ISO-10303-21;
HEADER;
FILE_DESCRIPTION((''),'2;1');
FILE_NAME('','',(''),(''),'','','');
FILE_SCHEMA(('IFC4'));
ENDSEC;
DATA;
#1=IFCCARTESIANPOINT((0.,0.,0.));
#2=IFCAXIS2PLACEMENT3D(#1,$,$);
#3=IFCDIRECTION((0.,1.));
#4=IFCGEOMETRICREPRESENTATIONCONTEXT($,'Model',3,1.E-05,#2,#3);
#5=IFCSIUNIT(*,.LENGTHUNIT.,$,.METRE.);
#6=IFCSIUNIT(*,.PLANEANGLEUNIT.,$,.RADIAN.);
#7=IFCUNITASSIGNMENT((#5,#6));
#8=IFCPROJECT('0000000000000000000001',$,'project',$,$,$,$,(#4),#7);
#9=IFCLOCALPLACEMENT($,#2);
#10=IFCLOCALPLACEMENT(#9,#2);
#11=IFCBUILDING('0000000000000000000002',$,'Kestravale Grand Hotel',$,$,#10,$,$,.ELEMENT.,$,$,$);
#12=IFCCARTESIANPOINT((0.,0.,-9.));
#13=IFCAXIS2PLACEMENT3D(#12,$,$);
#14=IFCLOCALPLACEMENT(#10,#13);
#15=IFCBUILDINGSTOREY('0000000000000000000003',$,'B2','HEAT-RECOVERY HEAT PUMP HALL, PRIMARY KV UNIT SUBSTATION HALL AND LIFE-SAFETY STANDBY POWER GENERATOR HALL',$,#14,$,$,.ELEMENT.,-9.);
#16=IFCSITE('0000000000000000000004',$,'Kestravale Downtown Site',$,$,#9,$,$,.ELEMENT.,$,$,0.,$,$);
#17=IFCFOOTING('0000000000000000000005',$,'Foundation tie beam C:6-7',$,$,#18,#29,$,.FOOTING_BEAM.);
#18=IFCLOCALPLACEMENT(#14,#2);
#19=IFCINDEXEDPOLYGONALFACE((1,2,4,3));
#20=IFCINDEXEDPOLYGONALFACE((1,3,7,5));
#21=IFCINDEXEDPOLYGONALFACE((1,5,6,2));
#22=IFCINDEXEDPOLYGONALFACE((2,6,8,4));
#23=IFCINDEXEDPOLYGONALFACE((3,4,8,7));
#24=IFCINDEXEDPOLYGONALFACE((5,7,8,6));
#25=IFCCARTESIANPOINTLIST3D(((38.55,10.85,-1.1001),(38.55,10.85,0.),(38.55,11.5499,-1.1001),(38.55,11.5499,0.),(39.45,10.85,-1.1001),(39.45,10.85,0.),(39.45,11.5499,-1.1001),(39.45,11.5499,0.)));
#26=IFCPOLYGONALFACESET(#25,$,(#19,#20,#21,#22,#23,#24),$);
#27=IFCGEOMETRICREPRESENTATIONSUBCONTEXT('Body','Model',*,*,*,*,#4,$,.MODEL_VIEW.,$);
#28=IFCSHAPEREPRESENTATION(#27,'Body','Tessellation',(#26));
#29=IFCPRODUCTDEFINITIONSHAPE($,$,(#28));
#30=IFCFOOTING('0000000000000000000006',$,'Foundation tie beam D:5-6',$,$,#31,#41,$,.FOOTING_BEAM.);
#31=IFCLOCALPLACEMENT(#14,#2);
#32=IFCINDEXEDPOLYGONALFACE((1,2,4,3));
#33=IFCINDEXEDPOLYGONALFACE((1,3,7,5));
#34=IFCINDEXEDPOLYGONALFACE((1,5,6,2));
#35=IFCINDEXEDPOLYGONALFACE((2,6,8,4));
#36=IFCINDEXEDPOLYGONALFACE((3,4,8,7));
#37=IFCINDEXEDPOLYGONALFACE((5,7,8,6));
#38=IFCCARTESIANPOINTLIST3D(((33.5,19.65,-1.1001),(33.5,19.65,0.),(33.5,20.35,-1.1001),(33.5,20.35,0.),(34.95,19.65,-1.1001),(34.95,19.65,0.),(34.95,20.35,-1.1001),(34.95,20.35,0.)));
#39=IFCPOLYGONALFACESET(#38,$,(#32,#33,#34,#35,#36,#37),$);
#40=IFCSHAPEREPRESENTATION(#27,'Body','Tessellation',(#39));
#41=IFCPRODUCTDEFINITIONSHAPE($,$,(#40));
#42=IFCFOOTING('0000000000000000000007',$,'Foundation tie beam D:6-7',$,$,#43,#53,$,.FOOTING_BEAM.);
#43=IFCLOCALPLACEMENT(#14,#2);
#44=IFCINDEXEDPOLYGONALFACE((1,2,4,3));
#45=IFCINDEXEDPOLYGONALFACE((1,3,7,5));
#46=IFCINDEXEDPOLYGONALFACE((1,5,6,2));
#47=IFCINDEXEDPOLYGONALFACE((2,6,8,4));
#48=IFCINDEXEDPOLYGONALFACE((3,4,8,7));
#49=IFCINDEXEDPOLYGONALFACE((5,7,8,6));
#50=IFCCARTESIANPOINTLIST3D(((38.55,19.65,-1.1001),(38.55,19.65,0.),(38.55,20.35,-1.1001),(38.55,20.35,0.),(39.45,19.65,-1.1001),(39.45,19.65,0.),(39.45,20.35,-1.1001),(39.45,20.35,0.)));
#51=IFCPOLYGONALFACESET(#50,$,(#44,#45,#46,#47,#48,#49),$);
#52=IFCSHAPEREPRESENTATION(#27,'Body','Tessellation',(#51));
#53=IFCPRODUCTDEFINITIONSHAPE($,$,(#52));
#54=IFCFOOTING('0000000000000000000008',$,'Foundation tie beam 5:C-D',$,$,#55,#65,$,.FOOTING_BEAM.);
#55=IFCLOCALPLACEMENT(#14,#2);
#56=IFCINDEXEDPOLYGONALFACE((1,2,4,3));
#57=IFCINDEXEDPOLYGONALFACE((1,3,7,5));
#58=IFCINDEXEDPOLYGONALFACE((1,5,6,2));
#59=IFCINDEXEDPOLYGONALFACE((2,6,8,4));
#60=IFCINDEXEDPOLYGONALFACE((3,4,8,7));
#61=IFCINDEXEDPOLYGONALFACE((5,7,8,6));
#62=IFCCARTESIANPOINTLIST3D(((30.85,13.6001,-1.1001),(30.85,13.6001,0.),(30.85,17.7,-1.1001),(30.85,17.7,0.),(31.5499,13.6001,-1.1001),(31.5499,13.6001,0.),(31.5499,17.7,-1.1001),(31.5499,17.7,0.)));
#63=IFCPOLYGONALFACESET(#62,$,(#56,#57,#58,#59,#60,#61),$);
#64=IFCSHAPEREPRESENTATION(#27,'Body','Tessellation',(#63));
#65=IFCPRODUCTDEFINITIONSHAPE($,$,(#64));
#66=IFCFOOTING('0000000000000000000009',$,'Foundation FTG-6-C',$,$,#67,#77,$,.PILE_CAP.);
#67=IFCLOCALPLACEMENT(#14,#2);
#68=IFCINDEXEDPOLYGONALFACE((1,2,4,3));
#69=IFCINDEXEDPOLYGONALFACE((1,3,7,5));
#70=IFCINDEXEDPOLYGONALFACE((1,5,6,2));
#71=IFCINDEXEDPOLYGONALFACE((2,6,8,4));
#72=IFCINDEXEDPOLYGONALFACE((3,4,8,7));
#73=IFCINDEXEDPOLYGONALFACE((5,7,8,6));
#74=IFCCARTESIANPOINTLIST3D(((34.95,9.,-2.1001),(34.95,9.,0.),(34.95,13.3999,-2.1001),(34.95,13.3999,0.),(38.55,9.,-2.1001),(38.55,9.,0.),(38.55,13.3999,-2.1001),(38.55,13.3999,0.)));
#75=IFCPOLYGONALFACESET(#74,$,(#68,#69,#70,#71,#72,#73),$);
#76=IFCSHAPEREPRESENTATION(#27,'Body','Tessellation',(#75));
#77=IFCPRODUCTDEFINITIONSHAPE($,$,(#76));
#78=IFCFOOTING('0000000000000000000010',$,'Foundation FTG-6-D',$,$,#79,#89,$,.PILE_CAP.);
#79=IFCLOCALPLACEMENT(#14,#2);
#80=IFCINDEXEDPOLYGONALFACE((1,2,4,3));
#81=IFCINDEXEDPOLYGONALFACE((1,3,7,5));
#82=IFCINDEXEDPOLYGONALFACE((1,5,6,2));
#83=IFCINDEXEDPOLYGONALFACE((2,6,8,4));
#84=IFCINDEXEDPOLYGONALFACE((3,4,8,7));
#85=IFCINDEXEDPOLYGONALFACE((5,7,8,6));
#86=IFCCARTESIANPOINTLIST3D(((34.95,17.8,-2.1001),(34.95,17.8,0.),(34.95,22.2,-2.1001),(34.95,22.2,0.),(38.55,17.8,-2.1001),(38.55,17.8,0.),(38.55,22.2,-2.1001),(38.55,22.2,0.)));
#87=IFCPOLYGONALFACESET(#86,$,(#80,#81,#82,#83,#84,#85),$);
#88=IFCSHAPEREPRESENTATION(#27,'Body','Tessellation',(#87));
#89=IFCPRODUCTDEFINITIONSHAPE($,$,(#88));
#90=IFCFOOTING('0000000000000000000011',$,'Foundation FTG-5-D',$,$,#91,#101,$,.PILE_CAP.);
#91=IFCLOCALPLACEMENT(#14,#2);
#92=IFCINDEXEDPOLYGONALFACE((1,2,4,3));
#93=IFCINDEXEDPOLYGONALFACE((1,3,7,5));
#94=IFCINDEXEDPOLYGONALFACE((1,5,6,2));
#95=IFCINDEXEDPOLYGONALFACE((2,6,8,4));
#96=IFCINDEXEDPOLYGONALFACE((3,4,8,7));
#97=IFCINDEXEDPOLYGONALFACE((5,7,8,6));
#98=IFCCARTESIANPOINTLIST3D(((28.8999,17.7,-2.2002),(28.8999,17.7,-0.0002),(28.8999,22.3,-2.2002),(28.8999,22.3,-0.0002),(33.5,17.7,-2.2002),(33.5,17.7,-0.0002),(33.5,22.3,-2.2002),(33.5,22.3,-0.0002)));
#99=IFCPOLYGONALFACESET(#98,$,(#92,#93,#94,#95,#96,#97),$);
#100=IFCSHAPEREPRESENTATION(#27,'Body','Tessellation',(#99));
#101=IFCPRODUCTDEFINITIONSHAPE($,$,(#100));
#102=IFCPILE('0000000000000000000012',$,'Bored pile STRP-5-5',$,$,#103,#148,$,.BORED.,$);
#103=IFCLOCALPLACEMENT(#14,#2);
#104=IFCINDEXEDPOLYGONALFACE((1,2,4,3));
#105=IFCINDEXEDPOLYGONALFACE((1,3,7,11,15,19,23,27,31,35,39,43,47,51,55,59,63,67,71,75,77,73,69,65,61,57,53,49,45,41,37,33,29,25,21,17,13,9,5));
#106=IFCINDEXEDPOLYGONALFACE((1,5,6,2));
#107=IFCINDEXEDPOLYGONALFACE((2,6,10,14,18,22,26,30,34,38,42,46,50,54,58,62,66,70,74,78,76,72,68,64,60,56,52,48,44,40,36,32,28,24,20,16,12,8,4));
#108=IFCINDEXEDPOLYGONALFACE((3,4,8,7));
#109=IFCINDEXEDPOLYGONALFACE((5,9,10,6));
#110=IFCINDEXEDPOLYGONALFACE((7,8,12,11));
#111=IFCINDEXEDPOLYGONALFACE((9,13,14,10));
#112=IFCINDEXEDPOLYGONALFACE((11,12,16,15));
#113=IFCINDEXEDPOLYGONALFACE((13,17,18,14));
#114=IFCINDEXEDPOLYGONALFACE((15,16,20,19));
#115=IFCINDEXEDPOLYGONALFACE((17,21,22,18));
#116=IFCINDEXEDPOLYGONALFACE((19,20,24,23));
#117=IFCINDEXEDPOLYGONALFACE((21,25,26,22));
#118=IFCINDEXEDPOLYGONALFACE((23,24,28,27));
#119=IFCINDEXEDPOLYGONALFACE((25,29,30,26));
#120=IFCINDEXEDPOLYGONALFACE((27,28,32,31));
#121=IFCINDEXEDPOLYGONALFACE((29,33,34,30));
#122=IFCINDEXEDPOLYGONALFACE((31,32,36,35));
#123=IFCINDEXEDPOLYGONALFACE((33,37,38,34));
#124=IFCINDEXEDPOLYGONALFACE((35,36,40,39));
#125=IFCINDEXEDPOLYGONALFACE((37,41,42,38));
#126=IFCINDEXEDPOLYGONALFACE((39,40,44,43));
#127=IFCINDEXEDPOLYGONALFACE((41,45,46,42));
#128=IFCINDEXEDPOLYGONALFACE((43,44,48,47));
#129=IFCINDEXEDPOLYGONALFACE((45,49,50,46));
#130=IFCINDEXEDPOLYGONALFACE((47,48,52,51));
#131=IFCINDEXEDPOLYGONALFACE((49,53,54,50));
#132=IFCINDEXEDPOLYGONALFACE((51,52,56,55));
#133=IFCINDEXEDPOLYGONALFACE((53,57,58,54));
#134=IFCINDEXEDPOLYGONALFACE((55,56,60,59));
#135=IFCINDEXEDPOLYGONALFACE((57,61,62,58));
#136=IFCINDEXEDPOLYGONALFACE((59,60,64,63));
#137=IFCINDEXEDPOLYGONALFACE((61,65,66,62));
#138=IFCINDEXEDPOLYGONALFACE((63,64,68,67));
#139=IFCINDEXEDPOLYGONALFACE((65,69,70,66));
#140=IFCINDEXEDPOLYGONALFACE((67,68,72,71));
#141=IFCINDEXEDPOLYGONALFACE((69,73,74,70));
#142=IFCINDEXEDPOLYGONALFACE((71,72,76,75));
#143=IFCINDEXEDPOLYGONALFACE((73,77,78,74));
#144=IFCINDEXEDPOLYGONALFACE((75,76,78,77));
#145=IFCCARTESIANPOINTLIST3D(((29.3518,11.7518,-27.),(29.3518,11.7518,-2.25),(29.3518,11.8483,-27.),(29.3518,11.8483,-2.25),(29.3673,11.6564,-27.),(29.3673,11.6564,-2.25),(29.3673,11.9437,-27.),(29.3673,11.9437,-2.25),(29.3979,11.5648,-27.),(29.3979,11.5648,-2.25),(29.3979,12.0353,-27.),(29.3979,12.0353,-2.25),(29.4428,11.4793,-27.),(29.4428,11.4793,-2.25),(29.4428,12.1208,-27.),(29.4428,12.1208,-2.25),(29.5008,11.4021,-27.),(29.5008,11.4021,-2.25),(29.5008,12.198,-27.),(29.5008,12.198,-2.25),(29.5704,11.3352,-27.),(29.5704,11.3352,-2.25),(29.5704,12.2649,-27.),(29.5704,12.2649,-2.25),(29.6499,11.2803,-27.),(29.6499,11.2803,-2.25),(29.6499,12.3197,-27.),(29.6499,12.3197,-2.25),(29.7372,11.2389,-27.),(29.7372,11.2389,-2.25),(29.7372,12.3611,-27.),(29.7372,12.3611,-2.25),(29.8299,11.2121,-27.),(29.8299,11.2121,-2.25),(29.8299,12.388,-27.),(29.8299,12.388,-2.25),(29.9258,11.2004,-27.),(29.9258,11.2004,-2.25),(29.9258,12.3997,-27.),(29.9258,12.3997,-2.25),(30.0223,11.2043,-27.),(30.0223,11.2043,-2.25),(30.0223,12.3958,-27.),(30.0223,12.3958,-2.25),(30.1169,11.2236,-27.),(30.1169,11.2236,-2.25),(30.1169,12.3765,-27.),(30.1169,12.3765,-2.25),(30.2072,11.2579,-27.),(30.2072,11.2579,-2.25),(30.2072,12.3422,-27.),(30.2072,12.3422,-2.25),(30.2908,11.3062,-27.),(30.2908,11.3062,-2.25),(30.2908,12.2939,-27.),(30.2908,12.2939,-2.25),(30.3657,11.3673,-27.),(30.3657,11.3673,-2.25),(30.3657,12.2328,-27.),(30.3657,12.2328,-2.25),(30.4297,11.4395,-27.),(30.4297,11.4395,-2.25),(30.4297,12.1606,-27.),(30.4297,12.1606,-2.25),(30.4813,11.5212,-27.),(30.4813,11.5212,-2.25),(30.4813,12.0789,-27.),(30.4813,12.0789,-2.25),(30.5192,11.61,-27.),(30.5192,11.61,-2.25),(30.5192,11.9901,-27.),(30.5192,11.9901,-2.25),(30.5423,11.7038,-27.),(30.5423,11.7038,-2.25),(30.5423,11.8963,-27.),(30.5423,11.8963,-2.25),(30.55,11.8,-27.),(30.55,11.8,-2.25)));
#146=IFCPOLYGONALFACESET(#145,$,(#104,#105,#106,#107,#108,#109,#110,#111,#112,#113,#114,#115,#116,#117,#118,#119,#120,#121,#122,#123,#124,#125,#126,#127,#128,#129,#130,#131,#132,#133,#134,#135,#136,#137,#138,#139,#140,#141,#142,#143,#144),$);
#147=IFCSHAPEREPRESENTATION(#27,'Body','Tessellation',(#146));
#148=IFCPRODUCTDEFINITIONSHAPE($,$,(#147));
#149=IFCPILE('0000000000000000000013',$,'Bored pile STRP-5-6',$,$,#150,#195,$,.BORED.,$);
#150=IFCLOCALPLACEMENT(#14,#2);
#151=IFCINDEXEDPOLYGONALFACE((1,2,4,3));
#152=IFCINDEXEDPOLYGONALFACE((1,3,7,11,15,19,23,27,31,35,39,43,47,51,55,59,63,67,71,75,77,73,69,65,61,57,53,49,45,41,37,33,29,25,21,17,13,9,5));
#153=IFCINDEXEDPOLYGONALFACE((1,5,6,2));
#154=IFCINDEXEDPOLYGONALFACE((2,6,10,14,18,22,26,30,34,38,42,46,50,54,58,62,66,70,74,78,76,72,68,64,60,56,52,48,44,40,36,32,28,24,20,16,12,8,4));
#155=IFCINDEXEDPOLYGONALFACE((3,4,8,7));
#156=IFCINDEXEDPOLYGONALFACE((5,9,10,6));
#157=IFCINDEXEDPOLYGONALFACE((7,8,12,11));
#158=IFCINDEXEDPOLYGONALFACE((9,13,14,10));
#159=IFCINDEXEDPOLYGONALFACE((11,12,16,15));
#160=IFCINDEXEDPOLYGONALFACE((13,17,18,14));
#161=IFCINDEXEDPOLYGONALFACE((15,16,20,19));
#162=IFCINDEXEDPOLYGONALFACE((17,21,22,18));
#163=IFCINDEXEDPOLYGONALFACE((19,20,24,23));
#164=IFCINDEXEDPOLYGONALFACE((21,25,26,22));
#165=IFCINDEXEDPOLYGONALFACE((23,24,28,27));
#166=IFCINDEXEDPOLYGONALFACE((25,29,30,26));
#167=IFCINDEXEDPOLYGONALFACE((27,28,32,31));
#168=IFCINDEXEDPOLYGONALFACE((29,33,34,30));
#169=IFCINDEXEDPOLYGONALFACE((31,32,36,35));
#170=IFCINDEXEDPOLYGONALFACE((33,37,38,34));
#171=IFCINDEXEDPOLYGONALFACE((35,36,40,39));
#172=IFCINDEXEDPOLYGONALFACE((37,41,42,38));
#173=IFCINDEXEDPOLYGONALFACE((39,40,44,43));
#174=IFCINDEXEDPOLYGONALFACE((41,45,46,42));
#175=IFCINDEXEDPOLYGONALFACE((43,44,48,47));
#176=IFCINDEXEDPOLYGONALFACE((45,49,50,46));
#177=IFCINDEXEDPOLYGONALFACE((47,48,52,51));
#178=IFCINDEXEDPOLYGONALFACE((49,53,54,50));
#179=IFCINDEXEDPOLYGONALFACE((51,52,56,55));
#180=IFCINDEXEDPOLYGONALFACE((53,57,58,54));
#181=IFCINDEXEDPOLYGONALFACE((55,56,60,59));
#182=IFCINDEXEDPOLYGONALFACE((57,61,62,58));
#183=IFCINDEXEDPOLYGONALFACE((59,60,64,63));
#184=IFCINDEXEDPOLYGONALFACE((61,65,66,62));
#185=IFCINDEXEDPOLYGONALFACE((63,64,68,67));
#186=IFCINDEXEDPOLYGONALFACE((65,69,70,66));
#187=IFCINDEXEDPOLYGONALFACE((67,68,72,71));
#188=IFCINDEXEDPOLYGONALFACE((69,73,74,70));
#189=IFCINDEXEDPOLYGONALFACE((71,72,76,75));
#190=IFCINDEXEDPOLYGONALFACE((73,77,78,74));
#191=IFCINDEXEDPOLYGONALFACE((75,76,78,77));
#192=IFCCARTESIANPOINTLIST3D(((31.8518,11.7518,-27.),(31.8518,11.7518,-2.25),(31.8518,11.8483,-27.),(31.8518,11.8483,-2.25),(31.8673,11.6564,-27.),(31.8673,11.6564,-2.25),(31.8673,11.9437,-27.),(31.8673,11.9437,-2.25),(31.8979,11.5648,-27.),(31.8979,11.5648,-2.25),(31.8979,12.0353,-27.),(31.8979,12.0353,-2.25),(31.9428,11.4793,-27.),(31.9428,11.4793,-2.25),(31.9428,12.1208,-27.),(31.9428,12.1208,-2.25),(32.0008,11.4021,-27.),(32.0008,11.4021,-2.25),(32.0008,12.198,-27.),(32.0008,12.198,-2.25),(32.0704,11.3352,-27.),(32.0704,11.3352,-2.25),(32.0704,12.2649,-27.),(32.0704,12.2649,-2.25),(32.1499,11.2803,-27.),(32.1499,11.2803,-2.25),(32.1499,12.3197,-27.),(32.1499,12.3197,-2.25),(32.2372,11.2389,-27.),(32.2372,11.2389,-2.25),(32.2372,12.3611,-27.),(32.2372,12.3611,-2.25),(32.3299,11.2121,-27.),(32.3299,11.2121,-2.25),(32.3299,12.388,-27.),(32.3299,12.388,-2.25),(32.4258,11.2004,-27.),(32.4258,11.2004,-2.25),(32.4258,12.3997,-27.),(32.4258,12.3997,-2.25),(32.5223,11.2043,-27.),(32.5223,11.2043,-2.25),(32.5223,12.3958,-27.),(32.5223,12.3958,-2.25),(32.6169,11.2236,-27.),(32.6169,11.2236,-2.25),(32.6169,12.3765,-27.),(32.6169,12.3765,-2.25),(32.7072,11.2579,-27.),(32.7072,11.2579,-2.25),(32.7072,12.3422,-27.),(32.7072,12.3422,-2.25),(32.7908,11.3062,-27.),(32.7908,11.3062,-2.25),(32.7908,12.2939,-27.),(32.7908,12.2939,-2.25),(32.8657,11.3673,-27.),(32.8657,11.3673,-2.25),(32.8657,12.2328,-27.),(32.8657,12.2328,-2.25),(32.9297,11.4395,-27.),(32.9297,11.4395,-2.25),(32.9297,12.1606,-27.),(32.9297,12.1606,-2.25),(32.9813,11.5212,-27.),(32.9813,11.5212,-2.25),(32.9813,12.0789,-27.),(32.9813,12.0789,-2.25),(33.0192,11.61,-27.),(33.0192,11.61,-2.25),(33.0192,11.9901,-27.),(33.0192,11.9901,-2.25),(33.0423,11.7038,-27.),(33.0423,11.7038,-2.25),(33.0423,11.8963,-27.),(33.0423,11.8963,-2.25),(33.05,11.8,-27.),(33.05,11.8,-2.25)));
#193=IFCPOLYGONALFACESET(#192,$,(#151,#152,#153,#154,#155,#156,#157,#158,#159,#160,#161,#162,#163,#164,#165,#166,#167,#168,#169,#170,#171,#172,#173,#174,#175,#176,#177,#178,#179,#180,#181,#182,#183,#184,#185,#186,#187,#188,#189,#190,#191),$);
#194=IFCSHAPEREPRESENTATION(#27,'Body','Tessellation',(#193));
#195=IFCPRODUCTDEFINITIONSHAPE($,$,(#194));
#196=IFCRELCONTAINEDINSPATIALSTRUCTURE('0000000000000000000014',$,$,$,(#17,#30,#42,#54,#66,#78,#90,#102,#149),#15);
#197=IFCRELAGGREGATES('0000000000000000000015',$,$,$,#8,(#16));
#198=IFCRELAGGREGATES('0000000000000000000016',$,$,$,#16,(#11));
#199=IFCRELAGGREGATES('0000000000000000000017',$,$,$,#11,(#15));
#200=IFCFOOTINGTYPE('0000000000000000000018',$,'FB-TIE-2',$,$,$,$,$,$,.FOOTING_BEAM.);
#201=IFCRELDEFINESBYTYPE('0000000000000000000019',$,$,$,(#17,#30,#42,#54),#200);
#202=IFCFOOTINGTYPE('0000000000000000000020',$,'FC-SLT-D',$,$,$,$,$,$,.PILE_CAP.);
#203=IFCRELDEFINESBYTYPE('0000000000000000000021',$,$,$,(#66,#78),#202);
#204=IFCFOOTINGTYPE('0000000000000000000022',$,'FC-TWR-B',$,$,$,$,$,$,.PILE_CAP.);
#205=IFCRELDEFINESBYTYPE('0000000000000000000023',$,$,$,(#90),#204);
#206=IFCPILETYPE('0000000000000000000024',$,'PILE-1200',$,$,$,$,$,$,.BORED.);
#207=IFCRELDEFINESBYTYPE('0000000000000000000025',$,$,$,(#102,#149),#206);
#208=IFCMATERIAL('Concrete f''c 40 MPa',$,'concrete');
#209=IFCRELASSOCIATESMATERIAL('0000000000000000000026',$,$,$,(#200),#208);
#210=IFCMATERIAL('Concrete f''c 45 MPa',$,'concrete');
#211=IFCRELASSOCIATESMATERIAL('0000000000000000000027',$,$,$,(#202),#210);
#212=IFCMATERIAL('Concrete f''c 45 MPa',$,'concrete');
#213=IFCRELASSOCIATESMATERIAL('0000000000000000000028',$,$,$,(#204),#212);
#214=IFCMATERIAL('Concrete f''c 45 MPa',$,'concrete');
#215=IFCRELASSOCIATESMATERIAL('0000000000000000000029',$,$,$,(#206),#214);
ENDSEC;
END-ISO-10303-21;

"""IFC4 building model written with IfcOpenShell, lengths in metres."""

from ifc_helpers import new_model, si_unit, direction, frame, origin, origin_2d, place, context, subcontext, project, spatial, rectangle, circle, extrude, material, material_profile, profile_set, type_object, element, save


model = new_model("IFC4")

# Units and contexts
model_context = context("Model", 3, precision=1e-05, world=origin(), true_north=direction((0.0, 1.0)))
body_context = subcontext(model_context, "Body", "Model", "MODEL_VIEW")
ifc_project = project(units=[si_unit("LENGTHUNIT", "METRE"), si_unit("PLANEANGLEUNIT", "RADIAN")], contexts=[model_context])

# Site, building, storey
site_placement = place(None, origin())
site = spatial("IfcSite", under=ifc_project, at=site_placement, Name="Kestravale Downtown Site", CompositionType="ELEMENT", RefElevation=0.0)
building_placement = place(site_placement, origin())
building = spatial("IfcBuilding", under=site, at=building_placement, Name="Kestravale Grand Hotel", CompositionType="ELEMENT")
storey_placement = place(building_placement, frame((0.0, 0.0, -9.0)))
storey = spatial("IfcBuildingStorey", under=building, at=storey_placement, Name="B2", Description="HEAT-RECOVERY HEAT PUMP HALL, PRIMARY KV UNIT SUBSTATION HALL AND LIFE-SAFETY STANDBY POWER GENERATOR HALL", CompositionType="ELEMENT", Elevation=-9.0)

# Footings
ifc_material_1 = material(Name="Concrete f'c 40 MPa", Category="concrete")
ifc_material_profile_1 = material_profile(ifc_material_1, rectangle(XDim=0.7, YDim=1.1001, at=origin_2d()))
ifc_profile_set_1 = profile_set([ifc_material_profile_1], Name="Concrete f'c 40 MPa")
footing_type_1 = type_object("IfcFootingType", Name="FB-TIE-2", PredefinedType="FOOTING_BEAM", material=ifc_profile_set_1)
footing_1_placement = place(storey_placement, frame((38.55, 11.2, -0.55), z_axis=(1.0, 0.0, 0.0), x_axis=(0.0, 1.0, 0.0)))
element("IfcFooting", 1, at=footing_1_placement, inside=storey, type_object=footing_type_1, Name="Foundation tie beam C:6-7", PredefinedType="FOOTING_BEAM", context=body_context, shape_type="SweptSolid", body=[
    extrude(rectangle(XDim=0.7, YDim=1.1001, at=origin_2d()), origin(), (0.0, 0.0, 1.0), 0.8999),
])
footing_2_placement = place(storey_placement, frame((33.5, 20.0, -0.55), z_axis=(1.0, 0.0, 0.0), x_axis=(0.0, 1.0, 0.0)))
element("IfcFooting", 2, at=footing_2_placement, inside=storey, type_object=footing_type_1, Name="Foundation tie beam D:5-6", PredefinedType="FOOTING_BEAM", context=body_context, shape_type="SweptSolid", body=[
    extrude(rectangle(XDim=0.7, YDim=1.1001, at=origin_2d()), origin(), (0.0, 0.0, 1.0), 1.45),
])
footing_3_placement = place(storey_placement, frame((38.55, 20.0, -0.55), z_axis=(1.0, 0.0, 0.0), x_axis=(0.0, 1.0, 0.0)))
element("IfcFooting", 3, at=footing_3_placement, inside=storey, type_object=footing_type_1, Name="Foundation tie beam D:6-7", PredefinedType="FOOTING_BEAM", context=body_context, shape_type="SweptSolid", body=[
    extrude(rectangle(XDim=0.7, YDim=1.1001, at=origin_2d()), origin(), (0.0, 0.0, 1.0), 0.8999),
])
footing_4_placement = place(storey_placement, frame((31.2, 13.6001, -0.55), z_axis=(0.0, 1.0, 0.0), x_axis=(-1.0, 0.0, 0.0)))
element("IfcFooting", 4, at=footing_4_placement, inside=storey, type_object=footing_type_1, Name="Foundation tie beam 5:C-D", PredefinedType="FOOTING_BEAM", context=body_context, shape_type="SweptSolid", body=[
    extrude(rectangle(XDim=0.7, YDim=1.1001, at=origin_2d()), origin(), (0.0, 0.0, 1.0), 4.0999),
])
ifc_material_2 = material(Name="Concrete f'c 45 MPa", Category="concrete")
footing_type_2 = type_object("IfcFootingType", Name="FC-SLT-D", PredefinedType="PILE_CAP", material=ifc_material_2)
for number, where, z_axis, x_axis, name in (
    (5, (36.75, 11.2, -2.1001), (0.0, 0.0, 1.0), (1.0, 0.0, 0.0), "Foundation FTG-6-C"),
    (6, (36.75, 20.0, -2.1001), (0.0, 0.0, 1.0), (1.0, 0.0, 0.0), "Foundation FTG-6-D"),
):
    element("IfcFooting", number, at=place(storey_placement, frame(where, z_axis=z_axis, x_axis=x_axis)), inside=storey, type_object=footing_type_2, Name=name, PredefinedType="PILE_CAP", context=body_context, shape_type="SweptSolid", body=[
        extrude(rectangle(XDim=3.6001, YDim=4.3999, at=origin_2d()), origin(), (0.0, 0.0, 1.0), 2.1001),
    ])
ifc_material_3 = material(Name="Concrete f'c 45 MPa", Category="concrete")
footing_type_3 = type_object("IfcFootingType", Name="FC-TWR-B", PredefinedType="PILE_CAP", material=ifc_material_3)
footing_5_placement = place(storey_placement, frame((31.2, 20.0, -2.2002), z_axis=(0.0, 0.0, 1.0), x_axis=(1.0, 0.0, 0.0)))
element("IfcFooting", 7, at=footing_5_placement, inside=storey, type_object=footing_type_3, Name="Foundation FTG-5-D", PredefinedType="PILE_CAP", context=body_context, shape_type="SweptSolid", body=[
    extrude(rectangle(XDim=4.6001, YDim=4.6001, at=origin_2d()), origin(), (0.0, 0.0, 1.0), 2.2),
])

# Piles
ifc_material_4 = material(Name="Concrete f'c 45 MPa", Category="concrete")
ifc_material_profile_2 = material_profile(ifc_material_4, circle(Radius=0.6001, at=origin_2d()))
ifc_profile_set_2 = profile_set([ifc_material_profile_2], Name="Concrete f'c 45 MPa")
pile_type_1 = type_object("IfcPileType", Name="PILE-1200", PredefinedType="BORED", material=ifc_profile_set_2)
for number, where, z_axis, x_axis, name in (
    (8, (29.95, 11.8, -2.25), (0.0, 0.0, -1.0), (1.0, 0.0, 0.0), "Bored pile STRP-5-5"),
    (9, (32.45, 11.8, -2.25), (0.0, 0.0, -1.0), (1.0, 0.0, 0.0), "Bored pile STRP-5-6"),
):
    element("IfcPile", number, at=place(storey_placement, frame(where, z_axis=z_axis, x_axis=x_axis)), inside=storey, type_object=pile_type_1, Name=name, PredefinedType="BORED", context=body_context, shape_type="SweptSolid", body=[
        extrude(circle(Radius=0.6001, at=origin_2d()), origin(), (0.0, 0.0, 1.0), 24.75),
    ])

save(model, "model.ifc")
